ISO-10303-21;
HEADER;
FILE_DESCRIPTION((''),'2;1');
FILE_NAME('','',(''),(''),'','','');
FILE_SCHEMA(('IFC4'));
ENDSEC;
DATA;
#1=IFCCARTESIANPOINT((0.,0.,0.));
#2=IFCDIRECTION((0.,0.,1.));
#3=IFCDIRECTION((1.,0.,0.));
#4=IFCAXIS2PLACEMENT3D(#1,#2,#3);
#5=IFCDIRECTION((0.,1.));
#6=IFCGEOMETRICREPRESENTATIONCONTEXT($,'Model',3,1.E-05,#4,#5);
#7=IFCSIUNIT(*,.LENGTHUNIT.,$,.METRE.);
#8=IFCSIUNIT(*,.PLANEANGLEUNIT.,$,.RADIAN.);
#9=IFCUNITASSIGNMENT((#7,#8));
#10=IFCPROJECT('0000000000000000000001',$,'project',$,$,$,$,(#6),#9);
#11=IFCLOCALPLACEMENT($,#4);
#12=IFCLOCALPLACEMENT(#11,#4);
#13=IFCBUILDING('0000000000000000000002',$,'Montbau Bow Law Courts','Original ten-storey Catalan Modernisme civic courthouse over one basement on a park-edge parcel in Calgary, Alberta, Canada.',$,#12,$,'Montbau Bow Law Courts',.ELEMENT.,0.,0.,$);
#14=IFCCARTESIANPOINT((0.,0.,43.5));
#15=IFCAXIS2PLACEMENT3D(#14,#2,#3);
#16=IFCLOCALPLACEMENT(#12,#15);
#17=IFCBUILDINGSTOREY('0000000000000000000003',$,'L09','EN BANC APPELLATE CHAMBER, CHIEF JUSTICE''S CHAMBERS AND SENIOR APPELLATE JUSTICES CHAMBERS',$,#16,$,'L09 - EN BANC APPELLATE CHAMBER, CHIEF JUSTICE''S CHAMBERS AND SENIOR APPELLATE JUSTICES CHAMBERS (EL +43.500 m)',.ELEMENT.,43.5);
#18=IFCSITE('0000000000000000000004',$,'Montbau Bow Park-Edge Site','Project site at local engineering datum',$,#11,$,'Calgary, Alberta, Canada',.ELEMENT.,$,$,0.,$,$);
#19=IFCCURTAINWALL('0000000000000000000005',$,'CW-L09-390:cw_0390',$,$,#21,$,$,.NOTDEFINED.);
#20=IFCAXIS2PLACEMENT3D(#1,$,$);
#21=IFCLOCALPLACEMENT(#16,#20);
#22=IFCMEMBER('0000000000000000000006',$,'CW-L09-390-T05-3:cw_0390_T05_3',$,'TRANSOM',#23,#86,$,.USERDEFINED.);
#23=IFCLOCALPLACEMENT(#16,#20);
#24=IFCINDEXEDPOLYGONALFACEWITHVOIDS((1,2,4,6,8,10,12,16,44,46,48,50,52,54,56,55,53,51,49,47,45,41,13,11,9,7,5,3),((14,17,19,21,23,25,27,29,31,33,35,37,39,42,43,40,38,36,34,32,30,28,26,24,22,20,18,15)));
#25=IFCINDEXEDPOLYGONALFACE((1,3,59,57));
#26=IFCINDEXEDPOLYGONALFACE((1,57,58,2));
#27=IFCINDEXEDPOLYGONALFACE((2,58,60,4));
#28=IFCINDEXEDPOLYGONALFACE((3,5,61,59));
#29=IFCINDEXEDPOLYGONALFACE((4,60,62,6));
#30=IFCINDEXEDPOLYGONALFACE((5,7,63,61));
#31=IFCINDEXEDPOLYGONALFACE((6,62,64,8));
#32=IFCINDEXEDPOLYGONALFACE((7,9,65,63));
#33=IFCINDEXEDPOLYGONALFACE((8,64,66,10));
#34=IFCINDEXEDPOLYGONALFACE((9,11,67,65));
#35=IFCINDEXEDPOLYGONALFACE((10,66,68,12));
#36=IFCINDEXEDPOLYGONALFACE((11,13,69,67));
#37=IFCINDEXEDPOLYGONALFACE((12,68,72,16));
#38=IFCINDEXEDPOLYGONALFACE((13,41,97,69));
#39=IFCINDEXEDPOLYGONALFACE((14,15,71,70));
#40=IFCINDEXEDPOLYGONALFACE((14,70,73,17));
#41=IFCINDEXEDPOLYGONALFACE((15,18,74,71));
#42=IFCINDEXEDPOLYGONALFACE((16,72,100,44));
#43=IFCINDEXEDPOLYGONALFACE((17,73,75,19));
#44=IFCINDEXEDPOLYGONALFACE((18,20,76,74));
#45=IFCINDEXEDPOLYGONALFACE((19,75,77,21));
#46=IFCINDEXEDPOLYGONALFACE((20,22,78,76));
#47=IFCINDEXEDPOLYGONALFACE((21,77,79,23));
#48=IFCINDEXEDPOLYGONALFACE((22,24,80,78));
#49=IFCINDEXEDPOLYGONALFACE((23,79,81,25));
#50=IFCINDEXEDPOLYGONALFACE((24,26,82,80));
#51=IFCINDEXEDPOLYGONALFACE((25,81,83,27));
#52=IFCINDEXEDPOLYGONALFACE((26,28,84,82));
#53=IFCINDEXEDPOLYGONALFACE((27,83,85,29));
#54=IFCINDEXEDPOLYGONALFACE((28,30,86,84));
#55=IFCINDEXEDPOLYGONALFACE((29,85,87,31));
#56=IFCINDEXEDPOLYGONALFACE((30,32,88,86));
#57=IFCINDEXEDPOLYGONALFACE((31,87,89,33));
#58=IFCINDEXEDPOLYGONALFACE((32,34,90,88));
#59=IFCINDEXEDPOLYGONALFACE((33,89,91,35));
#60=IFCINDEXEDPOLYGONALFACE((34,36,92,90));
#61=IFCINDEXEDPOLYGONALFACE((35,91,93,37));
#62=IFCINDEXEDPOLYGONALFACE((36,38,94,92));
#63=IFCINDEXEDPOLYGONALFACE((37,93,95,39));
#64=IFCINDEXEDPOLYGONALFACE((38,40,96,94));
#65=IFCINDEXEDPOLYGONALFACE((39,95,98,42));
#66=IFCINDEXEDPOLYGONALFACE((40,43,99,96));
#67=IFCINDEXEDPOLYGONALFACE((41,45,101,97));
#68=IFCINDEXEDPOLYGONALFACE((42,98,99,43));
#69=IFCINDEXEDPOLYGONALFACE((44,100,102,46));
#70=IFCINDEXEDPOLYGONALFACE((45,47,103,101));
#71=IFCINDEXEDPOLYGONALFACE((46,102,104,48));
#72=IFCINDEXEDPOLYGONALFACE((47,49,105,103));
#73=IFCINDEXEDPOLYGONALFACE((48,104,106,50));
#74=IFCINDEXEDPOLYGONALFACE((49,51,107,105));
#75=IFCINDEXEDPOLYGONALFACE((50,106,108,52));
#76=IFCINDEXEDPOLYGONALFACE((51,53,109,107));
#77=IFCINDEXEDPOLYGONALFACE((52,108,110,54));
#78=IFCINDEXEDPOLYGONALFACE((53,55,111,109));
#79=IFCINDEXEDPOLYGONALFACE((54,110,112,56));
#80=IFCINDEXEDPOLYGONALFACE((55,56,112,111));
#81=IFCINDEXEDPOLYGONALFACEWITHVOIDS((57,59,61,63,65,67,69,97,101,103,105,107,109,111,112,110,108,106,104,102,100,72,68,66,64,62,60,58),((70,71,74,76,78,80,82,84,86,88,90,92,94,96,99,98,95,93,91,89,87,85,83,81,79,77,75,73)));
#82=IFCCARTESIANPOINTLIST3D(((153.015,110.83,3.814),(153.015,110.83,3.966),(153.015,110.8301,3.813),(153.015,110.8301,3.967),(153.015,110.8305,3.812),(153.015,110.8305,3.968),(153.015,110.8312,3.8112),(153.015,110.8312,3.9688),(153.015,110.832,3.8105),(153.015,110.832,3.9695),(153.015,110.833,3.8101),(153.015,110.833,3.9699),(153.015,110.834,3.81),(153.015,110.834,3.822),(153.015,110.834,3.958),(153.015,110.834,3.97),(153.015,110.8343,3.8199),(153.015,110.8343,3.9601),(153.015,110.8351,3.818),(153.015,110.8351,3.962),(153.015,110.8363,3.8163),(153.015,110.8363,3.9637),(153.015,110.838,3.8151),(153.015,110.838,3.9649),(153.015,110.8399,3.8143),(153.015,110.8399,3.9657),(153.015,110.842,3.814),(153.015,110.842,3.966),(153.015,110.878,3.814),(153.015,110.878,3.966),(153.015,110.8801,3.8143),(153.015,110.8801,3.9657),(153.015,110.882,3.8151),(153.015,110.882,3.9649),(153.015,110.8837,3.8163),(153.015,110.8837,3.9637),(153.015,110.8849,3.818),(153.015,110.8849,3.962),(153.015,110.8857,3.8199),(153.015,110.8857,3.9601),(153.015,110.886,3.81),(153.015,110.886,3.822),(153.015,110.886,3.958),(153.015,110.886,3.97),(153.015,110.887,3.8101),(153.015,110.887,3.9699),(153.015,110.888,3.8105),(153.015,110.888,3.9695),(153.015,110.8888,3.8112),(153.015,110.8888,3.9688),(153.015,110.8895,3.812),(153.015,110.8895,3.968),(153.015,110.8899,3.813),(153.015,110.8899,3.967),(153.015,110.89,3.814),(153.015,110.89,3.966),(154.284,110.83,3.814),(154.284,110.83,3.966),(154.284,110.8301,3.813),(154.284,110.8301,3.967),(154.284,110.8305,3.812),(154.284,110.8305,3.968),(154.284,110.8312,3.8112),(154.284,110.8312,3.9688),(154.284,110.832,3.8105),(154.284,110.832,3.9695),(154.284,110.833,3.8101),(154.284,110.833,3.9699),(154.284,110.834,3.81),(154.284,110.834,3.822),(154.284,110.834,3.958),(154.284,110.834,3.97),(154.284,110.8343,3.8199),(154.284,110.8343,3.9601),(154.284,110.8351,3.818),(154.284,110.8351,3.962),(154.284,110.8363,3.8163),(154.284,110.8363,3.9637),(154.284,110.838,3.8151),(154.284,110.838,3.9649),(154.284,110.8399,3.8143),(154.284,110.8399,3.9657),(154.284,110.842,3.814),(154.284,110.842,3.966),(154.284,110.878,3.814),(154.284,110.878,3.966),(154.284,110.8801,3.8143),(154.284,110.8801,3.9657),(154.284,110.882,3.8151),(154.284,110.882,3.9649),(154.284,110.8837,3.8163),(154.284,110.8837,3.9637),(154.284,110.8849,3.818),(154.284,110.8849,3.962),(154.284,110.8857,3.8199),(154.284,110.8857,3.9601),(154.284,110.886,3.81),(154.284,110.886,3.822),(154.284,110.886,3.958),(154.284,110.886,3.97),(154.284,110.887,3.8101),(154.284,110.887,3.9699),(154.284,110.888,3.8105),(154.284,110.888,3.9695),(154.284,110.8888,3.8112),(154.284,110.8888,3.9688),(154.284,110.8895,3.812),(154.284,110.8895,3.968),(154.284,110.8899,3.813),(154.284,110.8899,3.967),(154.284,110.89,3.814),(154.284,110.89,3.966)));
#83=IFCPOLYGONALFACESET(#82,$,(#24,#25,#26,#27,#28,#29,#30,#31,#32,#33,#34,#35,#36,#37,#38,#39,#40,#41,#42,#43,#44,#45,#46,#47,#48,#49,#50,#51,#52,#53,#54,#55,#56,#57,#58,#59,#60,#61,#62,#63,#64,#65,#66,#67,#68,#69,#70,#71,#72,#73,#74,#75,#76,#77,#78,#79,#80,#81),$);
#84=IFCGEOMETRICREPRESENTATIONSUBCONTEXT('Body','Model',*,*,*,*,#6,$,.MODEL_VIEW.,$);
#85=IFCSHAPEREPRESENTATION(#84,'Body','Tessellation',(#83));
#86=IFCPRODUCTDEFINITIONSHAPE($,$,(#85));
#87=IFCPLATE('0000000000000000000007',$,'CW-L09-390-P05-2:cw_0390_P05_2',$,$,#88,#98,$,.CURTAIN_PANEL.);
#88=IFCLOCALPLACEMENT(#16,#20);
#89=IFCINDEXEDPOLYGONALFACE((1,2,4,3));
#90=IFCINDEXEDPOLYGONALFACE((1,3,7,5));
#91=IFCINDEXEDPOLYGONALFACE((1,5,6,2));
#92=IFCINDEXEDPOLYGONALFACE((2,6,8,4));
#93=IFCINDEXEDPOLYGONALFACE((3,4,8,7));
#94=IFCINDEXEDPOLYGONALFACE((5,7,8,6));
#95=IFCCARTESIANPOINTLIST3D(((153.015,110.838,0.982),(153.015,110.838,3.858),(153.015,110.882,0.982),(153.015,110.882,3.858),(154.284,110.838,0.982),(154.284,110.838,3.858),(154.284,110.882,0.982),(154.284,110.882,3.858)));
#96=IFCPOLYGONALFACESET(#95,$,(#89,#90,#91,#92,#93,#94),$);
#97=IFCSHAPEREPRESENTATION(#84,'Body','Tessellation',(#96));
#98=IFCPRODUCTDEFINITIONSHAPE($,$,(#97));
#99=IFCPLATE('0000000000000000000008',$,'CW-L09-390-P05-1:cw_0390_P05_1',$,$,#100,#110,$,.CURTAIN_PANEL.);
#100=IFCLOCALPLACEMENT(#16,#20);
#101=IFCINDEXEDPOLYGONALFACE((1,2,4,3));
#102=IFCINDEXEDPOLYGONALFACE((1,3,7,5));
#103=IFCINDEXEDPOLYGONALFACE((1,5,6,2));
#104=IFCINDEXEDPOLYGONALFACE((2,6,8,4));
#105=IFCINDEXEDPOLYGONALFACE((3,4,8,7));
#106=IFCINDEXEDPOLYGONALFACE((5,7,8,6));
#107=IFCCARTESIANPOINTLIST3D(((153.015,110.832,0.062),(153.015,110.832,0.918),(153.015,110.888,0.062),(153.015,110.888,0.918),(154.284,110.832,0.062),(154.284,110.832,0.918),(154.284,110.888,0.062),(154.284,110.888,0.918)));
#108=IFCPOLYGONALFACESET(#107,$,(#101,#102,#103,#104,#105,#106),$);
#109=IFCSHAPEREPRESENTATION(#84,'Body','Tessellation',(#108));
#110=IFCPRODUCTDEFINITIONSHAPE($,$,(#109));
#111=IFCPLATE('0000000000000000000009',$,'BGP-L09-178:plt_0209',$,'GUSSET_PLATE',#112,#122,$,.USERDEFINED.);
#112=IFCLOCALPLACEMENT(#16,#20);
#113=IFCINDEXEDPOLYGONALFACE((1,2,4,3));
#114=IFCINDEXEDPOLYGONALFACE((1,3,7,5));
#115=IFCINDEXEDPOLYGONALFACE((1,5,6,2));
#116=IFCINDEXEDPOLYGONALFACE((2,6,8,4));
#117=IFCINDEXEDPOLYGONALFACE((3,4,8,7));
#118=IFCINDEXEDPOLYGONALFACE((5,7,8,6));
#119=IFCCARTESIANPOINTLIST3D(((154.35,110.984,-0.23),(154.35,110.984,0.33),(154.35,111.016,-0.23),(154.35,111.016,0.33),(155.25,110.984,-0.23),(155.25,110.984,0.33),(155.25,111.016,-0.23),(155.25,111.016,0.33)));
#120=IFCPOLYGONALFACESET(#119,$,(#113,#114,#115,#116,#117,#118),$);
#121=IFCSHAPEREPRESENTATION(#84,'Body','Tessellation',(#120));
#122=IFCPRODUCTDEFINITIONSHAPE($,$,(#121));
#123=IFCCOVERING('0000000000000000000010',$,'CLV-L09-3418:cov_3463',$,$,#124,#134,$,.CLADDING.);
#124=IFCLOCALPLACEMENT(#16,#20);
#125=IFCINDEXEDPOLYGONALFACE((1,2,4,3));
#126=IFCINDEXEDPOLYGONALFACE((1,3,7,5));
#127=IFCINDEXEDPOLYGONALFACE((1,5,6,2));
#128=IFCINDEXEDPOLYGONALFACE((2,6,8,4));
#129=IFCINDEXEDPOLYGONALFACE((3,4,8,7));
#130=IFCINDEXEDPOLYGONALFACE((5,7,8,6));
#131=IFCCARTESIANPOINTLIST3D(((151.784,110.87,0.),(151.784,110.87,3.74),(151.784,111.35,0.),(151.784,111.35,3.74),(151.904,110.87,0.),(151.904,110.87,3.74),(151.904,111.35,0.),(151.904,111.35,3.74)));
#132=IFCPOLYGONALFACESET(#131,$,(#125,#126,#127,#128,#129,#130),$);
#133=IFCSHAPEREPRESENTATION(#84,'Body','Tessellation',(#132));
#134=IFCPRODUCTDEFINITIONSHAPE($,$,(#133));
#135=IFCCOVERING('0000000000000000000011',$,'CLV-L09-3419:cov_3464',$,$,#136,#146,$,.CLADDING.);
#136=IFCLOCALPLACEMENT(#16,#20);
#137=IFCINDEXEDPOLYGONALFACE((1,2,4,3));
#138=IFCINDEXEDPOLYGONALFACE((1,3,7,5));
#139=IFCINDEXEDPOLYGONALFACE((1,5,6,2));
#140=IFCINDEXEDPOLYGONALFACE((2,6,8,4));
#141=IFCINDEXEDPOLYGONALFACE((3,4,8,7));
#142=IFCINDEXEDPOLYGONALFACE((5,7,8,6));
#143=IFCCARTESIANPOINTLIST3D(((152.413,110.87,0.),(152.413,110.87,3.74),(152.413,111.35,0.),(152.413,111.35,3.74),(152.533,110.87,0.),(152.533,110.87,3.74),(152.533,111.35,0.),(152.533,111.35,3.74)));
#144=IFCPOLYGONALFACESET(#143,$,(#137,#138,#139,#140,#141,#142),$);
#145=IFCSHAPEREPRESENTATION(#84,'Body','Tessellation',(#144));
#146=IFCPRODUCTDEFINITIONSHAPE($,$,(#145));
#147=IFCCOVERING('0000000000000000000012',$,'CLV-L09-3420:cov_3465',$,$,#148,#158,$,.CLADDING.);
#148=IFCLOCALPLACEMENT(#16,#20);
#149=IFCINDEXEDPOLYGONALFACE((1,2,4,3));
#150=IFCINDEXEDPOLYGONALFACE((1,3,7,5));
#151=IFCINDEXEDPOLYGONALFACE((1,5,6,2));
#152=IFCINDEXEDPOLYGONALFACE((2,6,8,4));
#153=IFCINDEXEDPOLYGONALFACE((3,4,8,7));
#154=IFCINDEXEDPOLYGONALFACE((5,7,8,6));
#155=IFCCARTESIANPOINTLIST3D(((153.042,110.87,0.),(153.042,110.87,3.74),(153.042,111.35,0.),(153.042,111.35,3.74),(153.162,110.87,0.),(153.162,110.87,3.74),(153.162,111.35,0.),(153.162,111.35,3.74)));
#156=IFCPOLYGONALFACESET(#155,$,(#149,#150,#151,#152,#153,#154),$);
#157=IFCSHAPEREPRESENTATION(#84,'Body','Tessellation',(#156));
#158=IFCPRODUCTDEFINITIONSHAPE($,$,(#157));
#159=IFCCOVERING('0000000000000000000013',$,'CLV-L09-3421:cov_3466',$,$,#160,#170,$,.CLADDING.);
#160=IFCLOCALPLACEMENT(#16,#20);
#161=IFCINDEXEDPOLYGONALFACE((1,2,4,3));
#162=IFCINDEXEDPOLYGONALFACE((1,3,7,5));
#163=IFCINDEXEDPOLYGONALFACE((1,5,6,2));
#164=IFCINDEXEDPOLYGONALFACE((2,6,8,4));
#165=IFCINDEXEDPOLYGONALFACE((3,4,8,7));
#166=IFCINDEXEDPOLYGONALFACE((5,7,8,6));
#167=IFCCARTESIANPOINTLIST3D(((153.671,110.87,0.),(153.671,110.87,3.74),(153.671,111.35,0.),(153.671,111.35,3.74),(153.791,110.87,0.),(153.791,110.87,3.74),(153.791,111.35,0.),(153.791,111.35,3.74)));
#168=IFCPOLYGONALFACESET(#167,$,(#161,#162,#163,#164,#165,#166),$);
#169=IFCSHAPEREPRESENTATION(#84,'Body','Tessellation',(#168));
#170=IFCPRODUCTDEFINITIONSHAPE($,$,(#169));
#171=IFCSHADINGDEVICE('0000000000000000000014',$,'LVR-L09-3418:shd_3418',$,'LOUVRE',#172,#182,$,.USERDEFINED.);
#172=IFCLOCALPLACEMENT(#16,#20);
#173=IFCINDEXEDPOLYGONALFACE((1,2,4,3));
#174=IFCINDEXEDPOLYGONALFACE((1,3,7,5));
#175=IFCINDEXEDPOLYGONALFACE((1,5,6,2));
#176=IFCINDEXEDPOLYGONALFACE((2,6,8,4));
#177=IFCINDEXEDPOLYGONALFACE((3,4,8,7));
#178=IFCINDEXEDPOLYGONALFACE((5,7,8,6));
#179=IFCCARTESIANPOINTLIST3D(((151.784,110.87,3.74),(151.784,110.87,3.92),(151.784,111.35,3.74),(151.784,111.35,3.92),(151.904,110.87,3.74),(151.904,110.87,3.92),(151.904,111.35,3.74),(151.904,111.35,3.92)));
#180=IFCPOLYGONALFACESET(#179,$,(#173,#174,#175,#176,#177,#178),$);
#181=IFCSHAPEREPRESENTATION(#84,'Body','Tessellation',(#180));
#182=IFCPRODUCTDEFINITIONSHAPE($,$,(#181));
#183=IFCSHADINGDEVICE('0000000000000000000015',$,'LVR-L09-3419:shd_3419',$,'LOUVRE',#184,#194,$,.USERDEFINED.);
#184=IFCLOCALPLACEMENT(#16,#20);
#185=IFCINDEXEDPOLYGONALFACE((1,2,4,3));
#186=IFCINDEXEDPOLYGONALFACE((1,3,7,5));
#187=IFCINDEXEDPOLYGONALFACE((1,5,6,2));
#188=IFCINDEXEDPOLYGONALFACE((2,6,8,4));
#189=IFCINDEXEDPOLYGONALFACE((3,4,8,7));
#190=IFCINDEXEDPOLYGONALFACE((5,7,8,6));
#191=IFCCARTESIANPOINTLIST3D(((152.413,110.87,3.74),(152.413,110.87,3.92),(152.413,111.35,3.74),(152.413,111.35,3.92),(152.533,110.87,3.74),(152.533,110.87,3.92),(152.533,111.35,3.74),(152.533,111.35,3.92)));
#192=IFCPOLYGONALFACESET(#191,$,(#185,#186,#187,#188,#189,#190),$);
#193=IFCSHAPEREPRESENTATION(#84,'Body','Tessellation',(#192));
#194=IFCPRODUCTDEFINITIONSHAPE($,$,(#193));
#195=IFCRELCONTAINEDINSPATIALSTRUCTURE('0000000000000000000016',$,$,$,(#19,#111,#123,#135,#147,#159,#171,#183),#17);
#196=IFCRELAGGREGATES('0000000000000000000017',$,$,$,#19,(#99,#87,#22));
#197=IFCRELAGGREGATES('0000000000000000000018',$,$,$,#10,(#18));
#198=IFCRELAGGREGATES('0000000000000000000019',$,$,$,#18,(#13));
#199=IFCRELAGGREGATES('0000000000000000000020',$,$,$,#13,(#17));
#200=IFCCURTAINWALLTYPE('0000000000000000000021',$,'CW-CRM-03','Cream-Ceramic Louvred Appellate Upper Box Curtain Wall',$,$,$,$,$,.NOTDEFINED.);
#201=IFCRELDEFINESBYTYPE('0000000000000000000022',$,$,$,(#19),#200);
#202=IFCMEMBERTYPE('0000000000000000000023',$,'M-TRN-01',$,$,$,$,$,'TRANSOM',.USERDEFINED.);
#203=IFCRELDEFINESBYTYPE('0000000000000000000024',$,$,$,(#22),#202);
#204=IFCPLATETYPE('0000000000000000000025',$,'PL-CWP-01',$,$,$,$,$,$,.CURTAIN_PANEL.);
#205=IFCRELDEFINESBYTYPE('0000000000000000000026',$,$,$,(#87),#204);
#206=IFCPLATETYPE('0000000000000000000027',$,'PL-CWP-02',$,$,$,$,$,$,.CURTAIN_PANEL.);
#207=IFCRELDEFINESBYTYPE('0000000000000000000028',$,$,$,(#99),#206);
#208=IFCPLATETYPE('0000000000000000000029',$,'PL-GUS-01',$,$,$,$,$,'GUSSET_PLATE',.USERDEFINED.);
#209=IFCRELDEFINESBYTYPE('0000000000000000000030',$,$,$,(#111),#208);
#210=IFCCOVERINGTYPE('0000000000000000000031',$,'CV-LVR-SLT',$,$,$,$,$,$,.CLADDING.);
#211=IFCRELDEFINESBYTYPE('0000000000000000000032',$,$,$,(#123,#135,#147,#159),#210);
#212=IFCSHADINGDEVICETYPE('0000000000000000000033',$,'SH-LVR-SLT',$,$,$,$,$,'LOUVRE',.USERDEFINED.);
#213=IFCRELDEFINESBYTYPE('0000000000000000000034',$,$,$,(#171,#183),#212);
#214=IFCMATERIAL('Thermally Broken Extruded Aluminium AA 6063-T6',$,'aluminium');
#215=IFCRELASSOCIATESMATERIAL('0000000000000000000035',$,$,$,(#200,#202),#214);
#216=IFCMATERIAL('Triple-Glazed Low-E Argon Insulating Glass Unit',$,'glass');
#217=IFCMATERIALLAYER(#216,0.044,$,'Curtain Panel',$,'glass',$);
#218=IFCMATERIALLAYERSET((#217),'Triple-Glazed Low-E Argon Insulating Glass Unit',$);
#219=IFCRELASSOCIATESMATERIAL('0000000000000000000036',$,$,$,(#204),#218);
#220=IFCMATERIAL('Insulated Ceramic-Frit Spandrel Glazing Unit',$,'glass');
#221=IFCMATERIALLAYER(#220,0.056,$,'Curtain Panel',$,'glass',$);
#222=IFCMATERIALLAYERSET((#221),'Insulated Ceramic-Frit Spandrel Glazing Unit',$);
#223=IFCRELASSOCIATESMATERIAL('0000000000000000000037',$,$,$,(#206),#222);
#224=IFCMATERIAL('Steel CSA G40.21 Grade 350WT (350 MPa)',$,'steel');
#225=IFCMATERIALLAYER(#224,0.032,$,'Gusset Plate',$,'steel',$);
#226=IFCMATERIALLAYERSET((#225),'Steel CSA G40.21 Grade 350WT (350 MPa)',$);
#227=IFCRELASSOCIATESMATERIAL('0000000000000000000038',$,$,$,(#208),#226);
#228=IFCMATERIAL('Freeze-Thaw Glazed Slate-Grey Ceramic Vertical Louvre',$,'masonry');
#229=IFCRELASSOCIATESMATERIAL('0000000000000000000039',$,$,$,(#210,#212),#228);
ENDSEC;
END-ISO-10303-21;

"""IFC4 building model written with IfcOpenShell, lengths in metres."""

from ifc_helpers import new_model, si_unit, direction, frame, frame_2d, origin_with_axes, origin_2d_with_axis, place, context, subcontext, project, spatial, rectangle, hollow_rectangle, extrude, material, layer, layer_set, material_profile, profile_set, type_object, element, aggregate, save


model = new_model("IFC4")

# Units and contexts
model_context = context("Model", 3, precision=1e-05, world=origin_with_axes(), true_north=direction((0.0, 1.0)))
body_context = subcontext(model_context, "Body", "Model", "MODEL_VIEW")
ifc_project = project(units=[si_unit("LENGTHUNIT", "METRE"), si_unit("PLANEANGLEUNIT", "RADIAN")], contexts=[model_context])

# Site, building, storey
site_placement = place(None, origin_with_axes())
site = spatial("IfcSite", under=ifc_project, at=site_placement, Name="Montbau Bow Park-Edge Site", Description="Project site at local engineering datum", LongName="Calgary, Alberta, Canada", CompositionType="ELEMENT", RefElevation=0.0)
building_placement = place(site_placement, origin_with_axes())
building = spatial("IfcBuilding", under=site, at=building_placement, Name="Montbau Bow Law Courts", Description="Original ten-storey Catalan Modernisme civic courthouse over one basement on a park-edge parcel in Calgary, Alberta, Canada.", LongName="Montbau Bow Law Courts", CompositionType="ELEMENT", ElevationOfRefHeight=0.0, ElevationOfTerrain=0.0)
storey_placement = place(building_placement, frame((0.0, 0.0, 43.5), z_axis=(0.0, 0.0, 1.0), x_axis=(1.0, 0.0, 0.0)))
storey = spatial("IfcBuildingStorey", under=building, at=storey_placement, Name="L09", Description="EN BANC APPELLATE CHAMBER, CHIEF JUSTICE'S CHAMBERS AND SENIOR APPELLATE JUSTICES CHAMBERS", LongName="L09 - EN BANC APPELLATE CHAMBER, CHIEF JUSTICE'S CHAMBERS AND SENIOR APPELLATE JUSTICES CHAMBERS (EL +43.500 m)", CompositionType="ELEMENT", Elevation=43.5)

# Shared definitions
ifc_material_1 = material(Name="Steel CSA G40.21 Grade 350WT (350 MPa)", Category="steel")

# Curtain wall, member, plates
ifc_material_2 = material(Name="Thermally Broken Extruded Aluminium AA 6063-T6", Category="aluminium")
curtain_wall_type = type_object("IfcCurtainWallType", Name="CW-CRM-03", Description="Cream-Ceramic Louvred Appellate Upper Box Curtain Wall", PredefinedType="NOTDEFINED", material=ifc_material_2)
curtain_wall_placement = place(None, frame((147.44, 110.86, 43.5), z_axis=(0.0, 0.0, 1.0), x_axis=(1.0, 0.0, 0.0)))
curtain_wall = element("IfcCurtainWall", 1, at=curtain_wall_placement, inside=storey, type_object=curtain_wall_type, Name="CW-L09-390:cw_0390", PredefinedType="NOTDEFINED")
ifc_material_profile_1 = material_profile(ifc_material_2, hollow_rectangle(XDim=0.06, YDim=0.16, WallThickness=0.004, InnerFilletRadius=0.008, OuterFilletRadius=0.004, at=origin_2d_with_axis()), Name="CWT-160X60", Category="Main", Priority=0)
ifc_profile_set_1 = profile_set([ifc_material_profile_1], Name="Thermally Broken Extruded Aluminium AA 6063-T6")
member_type_1 = type_object("IfcMemberType", Name="M-TRN-01", ElementType="TRANSOM", PredefinedType="USERDEFINED", material=ifc_profile_set_1)
member_1_placement = place(None, frame((153.015, 110.86, 47.39), z_axis=(1.0, 0.0, 0.0), x_axis=(0.0, 1.0, 0.0)))
member_1 = element("IfcMember", 2, at=member_1_placement, type_object=member_type_1, Name="CW-L09-390-T05-3:cw_0390_T05_3", ObjectType="TRANSOM", PredefinedType="USERDEFINED", context=body_context, shape_type="SweptSolid", body=[
    extrude(hollow_rectangle(XDim=0.06, YDim=0.16, WallThickness=0.004, InnerFilletRadius=0.008, OuterFilletRadius=0.004, at=origin_2d_with_axis()), origin_with_axes(), (0.0, 0.0, 1.0), 1.269),
])
ifc_material_3 = material(Name="Triple-Glazed Low-E Argon Insulating Glass Unit", Category="glass")
ifc_layer_1 = layer(ifc_material_3, 0.044, Name="Curtain Panel", Category="glass")
ifc_layer_set_1 = layer_set([ifc_layer_1], Name="Triple-Glazed Low-E Argon Insulating Glass Unit")
plate_type_1 = type_object("IfcPlateType", Name="PL-CWP-01", PredefinedType="CURTAIN_PANEL", material=ifc_layer_set_1)
plate_1_placement = place(None, frame((153.015, 110.86, 44.482), z_axis=(0.0, -1.0, 0.0), x_axis=(1.0, 0.0, 0.0)))
plate_1 = element("IfcPlate", 3, at=plate_1_placement, type_object=plate_type_1, Name="CW-L09-390-P05-2:cw_0390_P05_2", PredefinedType="CURTAIN_PANEL", context=body_context, shape_type="SweptSolid", body=[
    extrude(rectangle(XDim=1.269, YDim=2.876, at=frame_2d((0.6345, 1.438), x_axis=(1.0, 0.0))), frame((0.0, 0.0, -0.022), z_axis=(0.0, 0.0, 1.0), x_axis=(1.0, 0.0, 0.0)), (0.0, 0.0, 1.0), 0.044),
])
ifc_material_4 = material(Name="Insulated Ceramic-Frit Spandrel Glazing Unit", Category="glass")
ifc_layer_2 = layer(ifc_material_4, 0.056, Name="Curtain Panel", Category="glass")
ifc_layer_set_2 = layer_set([ifc_layer_2], Name="Insulated Ceramic-Frit Spandrel Glazing Unit")
plate_type_2 = type_object("IfcPlateType", Name="PL-CWP-02", PredefinedType="CURTAIN_PANEL", material=ifc_layer_set_2)
plate_2_placement = place(None, frame((153.015, 110.86, 43.562), z_axis=(0.0, -1.0, 0.0), x_axis=(1.0, 0.0, 0.0)))
plate_2 = element("IfcPlate", 4, at=plate_2_placement, type_object=plate_type_2, Name="CW-L09-390-P05-1:cw_0390_P05_1", PredefinedType="CURTAIN_PANEL", context=body_context, shape_type="SweptSolid", body=[
    extrude(rectangle(XDim=1.269, YDim=0.856, at=frame_2d((0.6345, 0.428), x_axis=(1.0, 0.0))), frame((0.0, 0.0, -0.028), z_axis=(0.0, 0.0, 1.0), x_axis=(1.0, 0.0, 0.0)), (0.0, 0.0, 1.0), 0.056),
])
aggregate(curtain_wall, [plate_2, plate_1, member_1])

# Plate
ifc_layer_3 = layer(ifc_material_1, 0.032, Name="Gusset Plate", Category="steel")
ifc_layer_set_3 = layer_set([ifc_layer_3], Name="Steel CSA G40.21 Grade 350WT (350 MPa)")
plate_type_3 = type_object("IfcPlateType", Name="PL-GUS-01", ElementType="GUSSET_PLATE", PredefinedType="USERDEFINED", material=ifc_layer_set_3)
plate_3_placement = place(None, frame((154.8, 111.0, 43.27), z_axis=(0.0, 0.0, 1.0), x_axis=(1.0, 0.0, 0.0)))
element("IfcPlate", 5, at=plate_3_placement, inside=storey, type_object=plate_type_3, Name="BGP-L09-178:plt_0209", ObjectType="GUSSET_PLATE", PredefinedType="USERDEFINED", context=body_context, shape_type="SweptSolid", body=[
    extrude(rectangle(XDim=0.9, YDim=0.032, at=origin_2d_with_axis()), origin_with_axes(), (0.0, 0.0, 1.0), 0.56),
])

# Coverings
ifc_material_5 = material(Name="Freeze-Thaw Glazed Slate-Grey Ceramic Vertical Louvre", Category="masonry")
covering_type = type_object("IfcCoveringType", Name="CV-LVR-SLT", PredefinedType="CLADDING", material=ifc_material_5)
for number, where, z_axis, x_axis, name in (
    (6, (151.844, 110.87, 43.5), (1.0, 0.0, 0.0), (0.0, 1.0, 0.0), "CLV-L09-3418:cov_3463"),
    (7, (152.473, 110.87, 43.5), (1.0, 0.0, 0.0), (0.0, 1.0, 0.0), "CLV-L09-3419:cov_3464"),
    (8, (153.102, 110.87, 43.5), (1.0, 0.0, 0.0), (0.0, 1.0, 0.0), "CLV-L09-3420:cov_3465"),
    (9, (153.731, 110.87, 43.5), (1.0, 0.0, 0.0), (0.0, 1.0, 0.0), "CLV-L09-3421:cov_3466"),
):
    element("IfcCovering", number, at=place(None, frame(where, z_axis=z_axis, x_axis=x_axis)), inside=storey, type_object=covering_type, Name=name, PredefinedType="CLADDING", context=body_context, shape_type="SweptSolid", body=[
        extrude(rectangle(XDim=0.48, YDim=3.74, at=frame_2d((0.24, 1.87), x_axis=(1.0, 0.0))), frame((0.0, 0.0, -0.06), z_axis=(0.0, 0.0, 1.0), x_axis=(1.0, 0.0, 0.0)), (0.0, 0.0, 1.0), 0.12),
    ])

# Shading devices
shading_device_type = type_object("IfcShadingDeviceType", Name="SH-LVR-SLT", ElementType="LOUVRE", PredefinedType="USERDEFINED", material=ifc_material_5)
for number, where, z_axis, x_axis, name in (
    (10, (151.844, 111.11, 47.24), (0.0, 0.0, 1.0), (0.0, 1.0, 0.0), "LVR-L09-3418:shd_3418"),
    (11, (152.473, 111.11, 47.24), (0.0, 0.0, 1.0), (0.0, 1.0, 0.0), "LVR-L09-3419:shd_3419"),
):
    element("IfcShadingDevice", number, at=place(None, frame(where, z_axis=z_axis, x_axis=x_axis)), inside=storey, type_object=shading_device_type, Name=name, ObjectType="LOUVRE", PredefinedType="USERDEFINED", context=body_context, shape_type="SweptSolid", body=[
        extrude(rectangle(XDim=0.48, YDim=0.12, at=origin_2d_with_axis()), origin_with_axes(), (0.0, 0.0, 1.0), 0.18),
    ])

save(model, "model.ifc")
